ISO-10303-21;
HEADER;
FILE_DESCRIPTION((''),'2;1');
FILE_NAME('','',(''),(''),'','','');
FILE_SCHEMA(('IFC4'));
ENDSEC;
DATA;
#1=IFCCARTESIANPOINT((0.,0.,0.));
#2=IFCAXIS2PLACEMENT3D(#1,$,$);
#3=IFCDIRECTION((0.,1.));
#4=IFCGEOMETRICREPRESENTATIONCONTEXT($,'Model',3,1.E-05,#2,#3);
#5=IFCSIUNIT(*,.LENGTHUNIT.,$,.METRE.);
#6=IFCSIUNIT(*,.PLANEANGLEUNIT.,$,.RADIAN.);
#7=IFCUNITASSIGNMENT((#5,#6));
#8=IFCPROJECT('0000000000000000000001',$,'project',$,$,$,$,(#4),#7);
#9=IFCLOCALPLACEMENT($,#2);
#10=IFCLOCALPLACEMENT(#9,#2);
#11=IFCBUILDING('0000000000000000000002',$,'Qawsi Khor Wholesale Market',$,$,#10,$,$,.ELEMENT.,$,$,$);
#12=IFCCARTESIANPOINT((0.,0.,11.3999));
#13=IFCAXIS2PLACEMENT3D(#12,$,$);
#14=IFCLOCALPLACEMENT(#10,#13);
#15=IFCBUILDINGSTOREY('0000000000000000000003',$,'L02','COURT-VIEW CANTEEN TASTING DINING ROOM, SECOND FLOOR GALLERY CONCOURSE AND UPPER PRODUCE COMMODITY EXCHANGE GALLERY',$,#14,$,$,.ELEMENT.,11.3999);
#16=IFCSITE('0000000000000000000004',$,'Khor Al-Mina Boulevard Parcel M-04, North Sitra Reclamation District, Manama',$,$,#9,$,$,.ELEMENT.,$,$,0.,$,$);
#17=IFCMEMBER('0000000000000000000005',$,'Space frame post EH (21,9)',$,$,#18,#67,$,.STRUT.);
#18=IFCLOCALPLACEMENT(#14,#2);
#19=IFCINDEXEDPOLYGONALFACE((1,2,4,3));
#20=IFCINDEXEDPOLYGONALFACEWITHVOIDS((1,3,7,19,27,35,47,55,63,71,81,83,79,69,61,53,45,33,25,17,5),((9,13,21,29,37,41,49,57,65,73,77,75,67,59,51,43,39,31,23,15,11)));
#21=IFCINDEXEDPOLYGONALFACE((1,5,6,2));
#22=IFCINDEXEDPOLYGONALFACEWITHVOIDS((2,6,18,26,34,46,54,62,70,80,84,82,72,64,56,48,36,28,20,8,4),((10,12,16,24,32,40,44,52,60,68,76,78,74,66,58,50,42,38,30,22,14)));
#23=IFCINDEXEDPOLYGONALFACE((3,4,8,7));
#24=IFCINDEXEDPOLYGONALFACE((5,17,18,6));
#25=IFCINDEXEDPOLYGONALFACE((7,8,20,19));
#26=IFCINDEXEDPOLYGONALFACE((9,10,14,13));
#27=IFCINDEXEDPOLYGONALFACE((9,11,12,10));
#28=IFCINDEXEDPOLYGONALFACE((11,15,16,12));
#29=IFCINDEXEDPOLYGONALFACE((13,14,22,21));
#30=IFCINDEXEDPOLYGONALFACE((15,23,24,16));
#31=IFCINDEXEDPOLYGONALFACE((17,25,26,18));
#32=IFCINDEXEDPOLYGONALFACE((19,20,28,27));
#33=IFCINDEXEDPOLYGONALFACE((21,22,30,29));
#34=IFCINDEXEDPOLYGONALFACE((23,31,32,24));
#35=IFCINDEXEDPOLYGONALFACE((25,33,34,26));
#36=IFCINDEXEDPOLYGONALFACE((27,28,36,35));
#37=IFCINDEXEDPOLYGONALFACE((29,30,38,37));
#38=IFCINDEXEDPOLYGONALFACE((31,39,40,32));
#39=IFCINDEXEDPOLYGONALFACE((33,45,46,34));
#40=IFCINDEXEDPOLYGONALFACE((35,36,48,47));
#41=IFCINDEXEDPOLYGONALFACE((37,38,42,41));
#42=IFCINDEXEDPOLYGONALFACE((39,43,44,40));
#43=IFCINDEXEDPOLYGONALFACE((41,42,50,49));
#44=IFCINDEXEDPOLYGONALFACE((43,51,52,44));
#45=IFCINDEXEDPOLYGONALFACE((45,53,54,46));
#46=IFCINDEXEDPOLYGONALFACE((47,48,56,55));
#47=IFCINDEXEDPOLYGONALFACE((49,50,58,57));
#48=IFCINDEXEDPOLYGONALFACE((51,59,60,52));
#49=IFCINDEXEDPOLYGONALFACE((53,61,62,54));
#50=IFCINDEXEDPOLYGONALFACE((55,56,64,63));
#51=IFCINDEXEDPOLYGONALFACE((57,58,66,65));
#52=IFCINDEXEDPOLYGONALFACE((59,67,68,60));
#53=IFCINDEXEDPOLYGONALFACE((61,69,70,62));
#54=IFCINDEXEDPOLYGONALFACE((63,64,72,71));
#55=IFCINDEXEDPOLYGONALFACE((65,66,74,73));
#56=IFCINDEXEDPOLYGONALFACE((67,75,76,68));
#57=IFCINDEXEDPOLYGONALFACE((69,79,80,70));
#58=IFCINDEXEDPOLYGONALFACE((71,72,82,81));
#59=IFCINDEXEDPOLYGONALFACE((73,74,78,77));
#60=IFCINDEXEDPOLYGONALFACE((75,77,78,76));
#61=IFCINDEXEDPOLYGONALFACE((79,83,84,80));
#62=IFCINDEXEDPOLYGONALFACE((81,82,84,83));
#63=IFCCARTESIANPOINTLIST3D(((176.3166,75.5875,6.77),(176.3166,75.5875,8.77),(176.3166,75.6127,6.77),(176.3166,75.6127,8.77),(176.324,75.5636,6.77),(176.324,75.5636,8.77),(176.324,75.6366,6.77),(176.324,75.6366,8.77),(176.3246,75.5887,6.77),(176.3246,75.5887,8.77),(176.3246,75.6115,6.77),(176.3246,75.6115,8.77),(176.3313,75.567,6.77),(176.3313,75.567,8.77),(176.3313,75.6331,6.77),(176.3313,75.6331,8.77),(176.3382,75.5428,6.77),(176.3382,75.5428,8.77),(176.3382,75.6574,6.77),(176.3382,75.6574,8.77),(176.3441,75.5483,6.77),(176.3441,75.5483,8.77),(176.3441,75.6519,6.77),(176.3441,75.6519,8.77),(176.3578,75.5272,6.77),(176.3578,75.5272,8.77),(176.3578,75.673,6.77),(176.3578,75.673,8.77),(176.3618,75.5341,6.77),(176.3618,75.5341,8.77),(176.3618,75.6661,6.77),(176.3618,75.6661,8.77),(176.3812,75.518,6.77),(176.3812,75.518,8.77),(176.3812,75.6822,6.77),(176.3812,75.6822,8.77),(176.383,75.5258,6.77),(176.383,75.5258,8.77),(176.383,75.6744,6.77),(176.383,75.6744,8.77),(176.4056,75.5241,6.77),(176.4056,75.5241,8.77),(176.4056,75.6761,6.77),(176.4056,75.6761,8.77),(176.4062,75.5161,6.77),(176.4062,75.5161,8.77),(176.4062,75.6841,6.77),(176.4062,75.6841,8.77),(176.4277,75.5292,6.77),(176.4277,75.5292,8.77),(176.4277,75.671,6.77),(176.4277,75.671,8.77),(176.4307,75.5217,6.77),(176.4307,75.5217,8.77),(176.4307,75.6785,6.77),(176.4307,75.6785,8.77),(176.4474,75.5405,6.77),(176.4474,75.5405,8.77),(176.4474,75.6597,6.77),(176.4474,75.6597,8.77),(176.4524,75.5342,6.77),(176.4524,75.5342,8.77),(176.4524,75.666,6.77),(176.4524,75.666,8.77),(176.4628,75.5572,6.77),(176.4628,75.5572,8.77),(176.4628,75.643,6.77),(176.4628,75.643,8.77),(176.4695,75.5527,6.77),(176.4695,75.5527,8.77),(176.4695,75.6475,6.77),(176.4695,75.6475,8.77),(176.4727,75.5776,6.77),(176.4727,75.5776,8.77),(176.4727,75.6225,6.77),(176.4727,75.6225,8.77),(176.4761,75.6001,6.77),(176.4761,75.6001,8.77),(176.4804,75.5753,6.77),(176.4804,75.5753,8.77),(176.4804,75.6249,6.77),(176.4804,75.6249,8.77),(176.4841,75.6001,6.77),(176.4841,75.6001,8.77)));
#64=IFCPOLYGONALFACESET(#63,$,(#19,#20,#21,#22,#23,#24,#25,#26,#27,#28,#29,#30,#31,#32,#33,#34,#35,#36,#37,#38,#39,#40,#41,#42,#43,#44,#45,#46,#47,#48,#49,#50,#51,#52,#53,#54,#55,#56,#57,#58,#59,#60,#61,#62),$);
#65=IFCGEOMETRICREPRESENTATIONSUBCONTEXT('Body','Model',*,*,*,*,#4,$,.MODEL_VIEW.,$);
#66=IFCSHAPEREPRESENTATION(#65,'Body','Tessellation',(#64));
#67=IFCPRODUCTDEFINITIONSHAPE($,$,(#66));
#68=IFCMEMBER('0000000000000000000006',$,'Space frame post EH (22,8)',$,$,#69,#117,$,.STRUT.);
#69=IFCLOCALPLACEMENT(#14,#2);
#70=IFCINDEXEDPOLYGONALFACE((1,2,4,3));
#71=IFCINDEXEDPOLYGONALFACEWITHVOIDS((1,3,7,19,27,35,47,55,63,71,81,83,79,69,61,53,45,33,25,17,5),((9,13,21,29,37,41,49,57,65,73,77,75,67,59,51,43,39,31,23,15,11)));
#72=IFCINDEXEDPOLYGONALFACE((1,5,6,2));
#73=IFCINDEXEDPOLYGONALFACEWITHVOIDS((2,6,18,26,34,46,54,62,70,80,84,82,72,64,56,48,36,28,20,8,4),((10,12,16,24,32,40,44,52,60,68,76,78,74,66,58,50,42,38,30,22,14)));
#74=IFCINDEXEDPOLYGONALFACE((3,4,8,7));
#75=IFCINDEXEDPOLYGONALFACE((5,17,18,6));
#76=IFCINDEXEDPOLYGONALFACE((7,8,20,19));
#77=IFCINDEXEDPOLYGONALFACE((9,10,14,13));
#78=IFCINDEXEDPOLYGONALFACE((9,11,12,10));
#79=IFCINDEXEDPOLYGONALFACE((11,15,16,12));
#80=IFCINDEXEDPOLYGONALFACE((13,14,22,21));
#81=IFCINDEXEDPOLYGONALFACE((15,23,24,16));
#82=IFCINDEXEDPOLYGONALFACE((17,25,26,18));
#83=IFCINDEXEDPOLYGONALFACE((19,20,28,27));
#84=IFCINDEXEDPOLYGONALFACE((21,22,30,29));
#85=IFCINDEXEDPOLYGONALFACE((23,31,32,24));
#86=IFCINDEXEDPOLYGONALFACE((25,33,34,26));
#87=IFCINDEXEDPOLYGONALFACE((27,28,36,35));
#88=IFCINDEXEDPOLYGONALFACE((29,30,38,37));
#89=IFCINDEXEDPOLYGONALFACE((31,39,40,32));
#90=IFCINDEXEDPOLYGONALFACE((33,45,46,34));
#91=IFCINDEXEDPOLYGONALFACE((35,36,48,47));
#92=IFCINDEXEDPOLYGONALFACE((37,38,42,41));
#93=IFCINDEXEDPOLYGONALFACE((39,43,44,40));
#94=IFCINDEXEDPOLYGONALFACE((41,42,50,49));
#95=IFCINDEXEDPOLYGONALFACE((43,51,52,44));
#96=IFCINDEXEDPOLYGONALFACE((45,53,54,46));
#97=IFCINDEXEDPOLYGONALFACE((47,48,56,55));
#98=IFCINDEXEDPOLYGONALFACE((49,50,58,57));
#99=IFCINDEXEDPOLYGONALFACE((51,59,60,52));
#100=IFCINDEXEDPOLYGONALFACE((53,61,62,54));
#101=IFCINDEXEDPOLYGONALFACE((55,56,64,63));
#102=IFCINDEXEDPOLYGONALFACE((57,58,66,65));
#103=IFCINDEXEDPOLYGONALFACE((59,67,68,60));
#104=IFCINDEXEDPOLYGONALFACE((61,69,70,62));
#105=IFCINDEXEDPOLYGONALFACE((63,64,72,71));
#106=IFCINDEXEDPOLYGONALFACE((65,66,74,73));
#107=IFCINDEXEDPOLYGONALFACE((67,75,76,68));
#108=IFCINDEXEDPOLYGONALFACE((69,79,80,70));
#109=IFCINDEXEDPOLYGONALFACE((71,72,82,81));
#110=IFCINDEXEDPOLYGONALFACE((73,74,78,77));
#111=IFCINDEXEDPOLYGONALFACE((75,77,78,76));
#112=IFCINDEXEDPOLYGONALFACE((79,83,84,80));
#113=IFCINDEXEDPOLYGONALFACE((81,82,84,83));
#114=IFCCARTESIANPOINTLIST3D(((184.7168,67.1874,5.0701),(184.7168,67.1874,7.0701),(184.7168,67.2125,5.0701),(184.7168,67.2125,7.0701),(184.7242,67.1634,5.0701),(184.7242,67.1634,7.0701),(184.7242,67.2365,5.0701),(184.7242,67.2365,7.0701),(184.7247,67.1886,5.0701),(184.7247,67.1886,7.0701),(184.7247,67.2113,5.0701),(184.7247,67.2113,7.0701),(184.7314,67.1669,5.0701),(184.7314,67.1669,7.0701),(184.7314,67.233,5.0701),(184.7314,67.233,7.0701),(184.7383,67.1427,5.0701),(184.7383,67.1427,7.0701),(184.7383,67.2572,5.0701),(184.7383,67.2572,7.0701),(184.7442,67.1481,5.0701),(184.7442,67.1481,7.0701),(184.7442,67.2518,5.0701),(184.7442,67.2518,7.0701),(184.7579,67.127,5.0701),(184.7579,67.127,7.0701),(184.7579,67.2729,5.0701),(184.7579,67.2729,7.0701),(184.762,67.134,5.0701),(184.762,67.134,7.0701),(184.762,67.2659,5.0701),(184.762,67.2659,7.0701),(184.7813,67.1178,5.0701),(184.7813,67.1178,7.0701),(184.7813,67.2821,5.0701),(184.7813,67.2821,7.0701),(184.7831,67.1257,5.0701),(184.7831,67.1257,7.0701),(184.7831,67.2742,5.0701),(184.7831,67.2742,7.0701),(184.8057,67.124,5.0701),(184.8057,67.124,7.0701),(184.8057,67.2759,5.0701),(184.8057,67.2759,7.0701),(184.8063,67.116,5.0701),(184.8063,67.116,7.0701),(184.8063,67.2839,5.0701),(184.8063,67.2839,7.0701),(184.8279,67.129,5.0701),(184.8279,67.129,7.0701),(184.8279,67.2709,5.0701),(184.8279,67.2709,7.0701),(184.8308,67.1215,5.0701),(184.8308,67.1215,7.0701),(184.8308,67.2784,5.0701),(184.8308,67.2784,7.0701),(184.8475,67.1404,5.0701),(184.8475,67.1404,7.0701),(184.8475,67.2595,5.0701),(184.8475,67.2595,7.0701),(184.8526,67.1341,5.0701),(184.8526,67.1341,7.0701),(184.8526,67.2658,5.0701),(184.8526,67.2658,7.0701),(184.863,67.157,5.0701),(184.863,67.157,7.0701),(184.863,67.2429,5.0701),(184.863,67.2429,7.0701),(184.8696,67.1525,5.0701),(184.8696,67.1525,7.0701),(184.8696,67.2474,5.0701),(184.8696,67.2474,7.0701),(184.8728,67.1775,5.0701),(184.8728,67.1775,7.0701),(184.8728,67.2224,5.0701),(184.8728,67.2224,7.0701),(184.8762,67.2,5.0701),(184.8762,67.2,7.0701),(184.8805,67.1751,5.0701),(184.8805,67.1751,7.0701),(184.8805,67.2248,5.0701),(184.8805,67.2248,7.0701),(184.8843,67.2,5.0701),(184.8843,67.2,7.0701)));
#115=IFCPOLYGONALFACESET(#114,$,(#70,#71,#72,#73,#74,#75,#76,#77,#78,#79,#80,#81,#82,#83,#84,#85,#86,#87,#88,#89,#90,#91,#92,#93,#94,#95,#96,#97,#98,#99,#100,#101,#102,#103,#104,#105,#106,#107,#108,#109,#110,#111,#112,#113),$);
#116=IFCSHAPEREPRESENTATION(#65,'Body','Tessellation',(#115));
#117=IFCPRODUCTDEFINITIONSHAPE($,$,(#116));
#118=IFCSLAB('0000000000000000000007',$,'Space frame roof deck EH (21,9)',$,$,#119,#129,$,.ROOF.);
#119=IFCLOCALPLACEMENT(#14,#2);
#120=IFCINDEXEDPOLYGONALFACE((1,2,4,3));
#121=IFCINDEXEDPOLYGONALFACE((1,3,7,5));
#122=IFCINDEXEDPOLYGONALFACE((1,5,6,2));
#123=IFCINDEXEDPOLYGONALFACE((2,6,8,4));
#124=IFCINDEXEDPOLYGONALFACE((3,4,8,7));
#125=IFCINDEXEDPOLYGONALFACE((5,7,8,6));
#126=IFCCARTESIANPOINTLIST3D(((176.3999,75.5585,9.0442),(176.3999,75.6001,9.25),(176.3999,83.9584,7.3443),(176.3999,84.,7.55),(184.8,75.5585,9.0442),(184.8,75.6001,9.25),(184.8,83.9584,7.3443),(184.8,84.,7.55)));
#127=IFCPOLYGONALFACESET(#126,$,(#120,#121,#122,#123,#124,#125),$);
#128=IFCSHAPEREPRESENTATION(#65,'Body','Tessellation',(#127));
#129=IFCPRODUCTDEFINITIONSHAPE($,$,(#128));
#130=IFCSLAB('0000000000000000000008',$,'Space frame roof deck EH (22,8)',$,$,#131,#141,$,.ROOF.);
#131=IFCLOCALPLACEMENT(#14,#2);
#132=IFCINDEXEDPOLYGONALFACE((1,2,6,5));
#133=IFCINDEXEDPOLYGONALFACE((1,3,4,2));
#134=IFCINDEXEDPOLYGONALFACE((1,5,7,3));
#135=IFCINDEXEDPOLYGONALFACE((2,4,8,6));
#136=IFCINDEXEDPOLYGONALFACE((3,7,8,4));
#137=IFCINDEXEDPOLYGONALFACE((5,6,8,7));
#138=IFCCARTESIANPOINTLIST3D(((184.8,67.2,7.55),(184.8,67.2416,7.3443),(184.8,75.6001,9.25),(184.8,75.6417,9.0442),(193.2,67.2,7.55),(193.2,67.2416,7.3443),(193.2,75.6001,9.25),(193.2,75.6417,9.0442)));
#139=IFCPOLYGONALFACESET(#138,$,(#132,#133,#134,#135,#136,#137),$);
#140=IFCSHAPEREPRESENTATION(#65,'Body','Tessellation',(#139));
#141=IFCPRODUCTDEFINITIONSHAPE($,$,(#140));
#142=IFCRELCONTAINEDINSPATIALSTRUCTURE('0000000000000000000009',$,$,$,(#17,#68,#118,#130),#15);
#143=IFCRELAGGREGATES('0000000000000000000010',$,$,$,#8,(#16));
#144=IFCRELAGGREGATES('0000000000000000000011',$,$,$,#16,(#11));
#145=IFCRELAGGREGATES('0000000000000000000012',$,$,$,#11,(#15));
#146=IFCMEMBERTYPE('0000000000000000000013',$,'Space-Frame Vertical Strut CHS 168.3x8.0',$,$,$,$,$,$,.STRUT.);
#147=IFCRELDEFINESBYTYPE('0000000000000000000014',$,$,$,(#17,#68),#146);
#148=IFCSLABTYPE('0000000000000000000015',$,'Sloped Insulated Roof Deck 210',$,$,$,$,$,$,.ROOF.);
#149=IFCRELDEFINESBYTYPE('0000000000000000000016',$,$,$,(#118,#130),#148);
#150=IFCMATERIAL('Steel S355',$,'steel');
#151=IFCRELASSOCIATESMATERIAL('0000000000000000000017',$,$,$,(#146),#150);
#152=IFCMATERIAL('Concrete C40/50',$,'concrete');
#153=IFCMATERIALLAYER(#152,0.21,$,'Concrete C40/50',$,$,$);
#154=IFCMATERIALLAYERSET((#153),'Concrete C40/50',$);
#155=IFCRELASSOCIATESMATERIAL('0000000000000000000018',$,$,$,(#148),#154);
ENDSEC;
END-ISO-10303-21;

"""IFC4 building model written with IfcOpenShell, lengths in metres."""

from ifc_helpers import new_model, si_unit, direction, frame, origin, origin_2d, place, context, subcontext, project, spatial, polyline, hollow_circle, outline, extrude, material, layer, layer_set, material_profile, profile_set, type_object, element, save


model = new_model("IFC4")

# Units and contexts
model_context = context("Model", 3, precision=1e-05, world=origin(), true_north=direction((0.0, 1.0)))
body_context = subcontext(model_context, "Body", "Model", "MODEL_VIEW")
ifc_project = project(units=[si_unit("LENGTHUNIT", "METRE"), si_unit("PLANEANGLEUNIT", "RADIAN")], contexts=[model_context])

# Site, building, storey
site_placement = place(None, origin())
site = spatial("IfcSite", under=ifc_project, at=site_placement, Name="Khor Al-Mina Boulevard Parcel M-04, North Sitra Reclamation District, Manama", CompositionType="ELEMENT", RefElevation=0.0)
building_placement = place(site_placement, origin())
building = spatial("IfcBuilding", under=site, at=building_placement, Name="Qawsi Khor Wholesale Market", CompositionType="ELEMENT")
storey_placement = place(building_placement, frame((0.0, 0.0, 11.3999)))
storey = spatial("IfcBuildingStorey", under=building, at=storey_placement, Name="L02", Description="COURT-VIEW CANTEEN TASTING DINING ROOM, SECOND FLOOR GALLERY CONCOURSE AND UPPER PRODUCE COMMODITY EXCHANGE GALLERY", CompositionType="ELEMENT", Elevation=11.3999)

# Members
ifc_material_1 = material(Name="Steel S355", Category="steel")
ifc_material_profile_1 = material_profile(ifc_material_1, hollow_circle(Radius=0.0842, WallThickness=0.0081, at=origin_2d()), Name="CHS 168.3x8.0")
ifc_profile_set_1 = profile_set([ifc_material_profile_1], Name="Steel S355")
member_type_1 = type_object("IfcMemberType", Name="Space-Frame Vertical Strut CHS 168.3x8.0", PredefinedType="STRUT", material=ifc_profile_set_1)
for number, where, z_axis, x_axis, name in (
    (1, (176.3999, 75.6001, 6.77), (0.0, 0.0, 1.0), (1.0, 0.0, 0.0), "Space frame post EH (21,9)"),
    (2, (184.8, 67.2, 5.0701), (0.0, 0.0, 1.0), (1.0, 0.0, 0.0), "Space frame post EH (22,8)"),
):
    element("IfcMember", number, at=place(storey_placement, frame(where, z_axis=z_axis, x_axis=x_axis)), inside=storey, type_object=member_type_1, Name=name, PredefinedType="STRUT", context=body_context, shape_type="SweptSolid", body=[
        extrude(hollow_circle(Radius=0.0842, WallThickness=0.0081, at=origin_2d()), origin(), (0.0, 0.0, 1.0), 2.0),
    ])

# Slabs
ifc_material_2 = material(Name="Concrete C40/50", Category="concrete")
ifc_layer = layer(ifc_material_2, 0.21, Name="Concrete C40/50")
ifc_layer_set = layer_set([ifc_layer], Name="Concrete C40/50")
slab_type = type_object("IfcSlabType", Name="Sloped Insulated Roof Deck 210", PredefinedType="ROOF", material=ifc_layer_set)
slab_1_placement = place(storey_placement, frame((176.3999, 75.6001, 9.25), z_axis=(0.0, 0.198356, 0.98013), x_axis=(1.0, 0.0, 0.0)))
element("IfcSlab", 3, at=slab_1_placement, inside=storey, type_object=slab_type, Name="Space frame roof deck EH (21,9)", PredefinedType="ROOF", context=body_context, shape_type="SweptSolid", body=[
    extrude(outline(polyline([(0.0, 0.0), (8.4001, 0.0), (8.4001, 8.5702), (0.0, 8.5702), (0.0, 0.0)])), origin(), (0.0, 0.0, -1.0), 0.21),
])
slab_2_placement = place(storey_placement, frame((184.8, 67.2, 7.55), z_axis=(0.0, -0.198351, 0.980131), x_axis=(1.0, 0.0, 0.0)))
element("IfcSlab", 4, at=slab_2_placement, inside=storey, type_object=slab_type, Name="Space frame roof deck EH (22,8)", PredefinedType="ROOF", context=body_context, shape_type="SweptSolid", body=[
    extrude(outline(polyline([(0.0, 0.0), (8.3999, 0.0), (8.3999, 8.5704), (0.0, 8.5704), (0.0, 0.0)])), origin(), (0.0, 0.0, -1.0), 0.21),
])

save(model, "model.ifc")
